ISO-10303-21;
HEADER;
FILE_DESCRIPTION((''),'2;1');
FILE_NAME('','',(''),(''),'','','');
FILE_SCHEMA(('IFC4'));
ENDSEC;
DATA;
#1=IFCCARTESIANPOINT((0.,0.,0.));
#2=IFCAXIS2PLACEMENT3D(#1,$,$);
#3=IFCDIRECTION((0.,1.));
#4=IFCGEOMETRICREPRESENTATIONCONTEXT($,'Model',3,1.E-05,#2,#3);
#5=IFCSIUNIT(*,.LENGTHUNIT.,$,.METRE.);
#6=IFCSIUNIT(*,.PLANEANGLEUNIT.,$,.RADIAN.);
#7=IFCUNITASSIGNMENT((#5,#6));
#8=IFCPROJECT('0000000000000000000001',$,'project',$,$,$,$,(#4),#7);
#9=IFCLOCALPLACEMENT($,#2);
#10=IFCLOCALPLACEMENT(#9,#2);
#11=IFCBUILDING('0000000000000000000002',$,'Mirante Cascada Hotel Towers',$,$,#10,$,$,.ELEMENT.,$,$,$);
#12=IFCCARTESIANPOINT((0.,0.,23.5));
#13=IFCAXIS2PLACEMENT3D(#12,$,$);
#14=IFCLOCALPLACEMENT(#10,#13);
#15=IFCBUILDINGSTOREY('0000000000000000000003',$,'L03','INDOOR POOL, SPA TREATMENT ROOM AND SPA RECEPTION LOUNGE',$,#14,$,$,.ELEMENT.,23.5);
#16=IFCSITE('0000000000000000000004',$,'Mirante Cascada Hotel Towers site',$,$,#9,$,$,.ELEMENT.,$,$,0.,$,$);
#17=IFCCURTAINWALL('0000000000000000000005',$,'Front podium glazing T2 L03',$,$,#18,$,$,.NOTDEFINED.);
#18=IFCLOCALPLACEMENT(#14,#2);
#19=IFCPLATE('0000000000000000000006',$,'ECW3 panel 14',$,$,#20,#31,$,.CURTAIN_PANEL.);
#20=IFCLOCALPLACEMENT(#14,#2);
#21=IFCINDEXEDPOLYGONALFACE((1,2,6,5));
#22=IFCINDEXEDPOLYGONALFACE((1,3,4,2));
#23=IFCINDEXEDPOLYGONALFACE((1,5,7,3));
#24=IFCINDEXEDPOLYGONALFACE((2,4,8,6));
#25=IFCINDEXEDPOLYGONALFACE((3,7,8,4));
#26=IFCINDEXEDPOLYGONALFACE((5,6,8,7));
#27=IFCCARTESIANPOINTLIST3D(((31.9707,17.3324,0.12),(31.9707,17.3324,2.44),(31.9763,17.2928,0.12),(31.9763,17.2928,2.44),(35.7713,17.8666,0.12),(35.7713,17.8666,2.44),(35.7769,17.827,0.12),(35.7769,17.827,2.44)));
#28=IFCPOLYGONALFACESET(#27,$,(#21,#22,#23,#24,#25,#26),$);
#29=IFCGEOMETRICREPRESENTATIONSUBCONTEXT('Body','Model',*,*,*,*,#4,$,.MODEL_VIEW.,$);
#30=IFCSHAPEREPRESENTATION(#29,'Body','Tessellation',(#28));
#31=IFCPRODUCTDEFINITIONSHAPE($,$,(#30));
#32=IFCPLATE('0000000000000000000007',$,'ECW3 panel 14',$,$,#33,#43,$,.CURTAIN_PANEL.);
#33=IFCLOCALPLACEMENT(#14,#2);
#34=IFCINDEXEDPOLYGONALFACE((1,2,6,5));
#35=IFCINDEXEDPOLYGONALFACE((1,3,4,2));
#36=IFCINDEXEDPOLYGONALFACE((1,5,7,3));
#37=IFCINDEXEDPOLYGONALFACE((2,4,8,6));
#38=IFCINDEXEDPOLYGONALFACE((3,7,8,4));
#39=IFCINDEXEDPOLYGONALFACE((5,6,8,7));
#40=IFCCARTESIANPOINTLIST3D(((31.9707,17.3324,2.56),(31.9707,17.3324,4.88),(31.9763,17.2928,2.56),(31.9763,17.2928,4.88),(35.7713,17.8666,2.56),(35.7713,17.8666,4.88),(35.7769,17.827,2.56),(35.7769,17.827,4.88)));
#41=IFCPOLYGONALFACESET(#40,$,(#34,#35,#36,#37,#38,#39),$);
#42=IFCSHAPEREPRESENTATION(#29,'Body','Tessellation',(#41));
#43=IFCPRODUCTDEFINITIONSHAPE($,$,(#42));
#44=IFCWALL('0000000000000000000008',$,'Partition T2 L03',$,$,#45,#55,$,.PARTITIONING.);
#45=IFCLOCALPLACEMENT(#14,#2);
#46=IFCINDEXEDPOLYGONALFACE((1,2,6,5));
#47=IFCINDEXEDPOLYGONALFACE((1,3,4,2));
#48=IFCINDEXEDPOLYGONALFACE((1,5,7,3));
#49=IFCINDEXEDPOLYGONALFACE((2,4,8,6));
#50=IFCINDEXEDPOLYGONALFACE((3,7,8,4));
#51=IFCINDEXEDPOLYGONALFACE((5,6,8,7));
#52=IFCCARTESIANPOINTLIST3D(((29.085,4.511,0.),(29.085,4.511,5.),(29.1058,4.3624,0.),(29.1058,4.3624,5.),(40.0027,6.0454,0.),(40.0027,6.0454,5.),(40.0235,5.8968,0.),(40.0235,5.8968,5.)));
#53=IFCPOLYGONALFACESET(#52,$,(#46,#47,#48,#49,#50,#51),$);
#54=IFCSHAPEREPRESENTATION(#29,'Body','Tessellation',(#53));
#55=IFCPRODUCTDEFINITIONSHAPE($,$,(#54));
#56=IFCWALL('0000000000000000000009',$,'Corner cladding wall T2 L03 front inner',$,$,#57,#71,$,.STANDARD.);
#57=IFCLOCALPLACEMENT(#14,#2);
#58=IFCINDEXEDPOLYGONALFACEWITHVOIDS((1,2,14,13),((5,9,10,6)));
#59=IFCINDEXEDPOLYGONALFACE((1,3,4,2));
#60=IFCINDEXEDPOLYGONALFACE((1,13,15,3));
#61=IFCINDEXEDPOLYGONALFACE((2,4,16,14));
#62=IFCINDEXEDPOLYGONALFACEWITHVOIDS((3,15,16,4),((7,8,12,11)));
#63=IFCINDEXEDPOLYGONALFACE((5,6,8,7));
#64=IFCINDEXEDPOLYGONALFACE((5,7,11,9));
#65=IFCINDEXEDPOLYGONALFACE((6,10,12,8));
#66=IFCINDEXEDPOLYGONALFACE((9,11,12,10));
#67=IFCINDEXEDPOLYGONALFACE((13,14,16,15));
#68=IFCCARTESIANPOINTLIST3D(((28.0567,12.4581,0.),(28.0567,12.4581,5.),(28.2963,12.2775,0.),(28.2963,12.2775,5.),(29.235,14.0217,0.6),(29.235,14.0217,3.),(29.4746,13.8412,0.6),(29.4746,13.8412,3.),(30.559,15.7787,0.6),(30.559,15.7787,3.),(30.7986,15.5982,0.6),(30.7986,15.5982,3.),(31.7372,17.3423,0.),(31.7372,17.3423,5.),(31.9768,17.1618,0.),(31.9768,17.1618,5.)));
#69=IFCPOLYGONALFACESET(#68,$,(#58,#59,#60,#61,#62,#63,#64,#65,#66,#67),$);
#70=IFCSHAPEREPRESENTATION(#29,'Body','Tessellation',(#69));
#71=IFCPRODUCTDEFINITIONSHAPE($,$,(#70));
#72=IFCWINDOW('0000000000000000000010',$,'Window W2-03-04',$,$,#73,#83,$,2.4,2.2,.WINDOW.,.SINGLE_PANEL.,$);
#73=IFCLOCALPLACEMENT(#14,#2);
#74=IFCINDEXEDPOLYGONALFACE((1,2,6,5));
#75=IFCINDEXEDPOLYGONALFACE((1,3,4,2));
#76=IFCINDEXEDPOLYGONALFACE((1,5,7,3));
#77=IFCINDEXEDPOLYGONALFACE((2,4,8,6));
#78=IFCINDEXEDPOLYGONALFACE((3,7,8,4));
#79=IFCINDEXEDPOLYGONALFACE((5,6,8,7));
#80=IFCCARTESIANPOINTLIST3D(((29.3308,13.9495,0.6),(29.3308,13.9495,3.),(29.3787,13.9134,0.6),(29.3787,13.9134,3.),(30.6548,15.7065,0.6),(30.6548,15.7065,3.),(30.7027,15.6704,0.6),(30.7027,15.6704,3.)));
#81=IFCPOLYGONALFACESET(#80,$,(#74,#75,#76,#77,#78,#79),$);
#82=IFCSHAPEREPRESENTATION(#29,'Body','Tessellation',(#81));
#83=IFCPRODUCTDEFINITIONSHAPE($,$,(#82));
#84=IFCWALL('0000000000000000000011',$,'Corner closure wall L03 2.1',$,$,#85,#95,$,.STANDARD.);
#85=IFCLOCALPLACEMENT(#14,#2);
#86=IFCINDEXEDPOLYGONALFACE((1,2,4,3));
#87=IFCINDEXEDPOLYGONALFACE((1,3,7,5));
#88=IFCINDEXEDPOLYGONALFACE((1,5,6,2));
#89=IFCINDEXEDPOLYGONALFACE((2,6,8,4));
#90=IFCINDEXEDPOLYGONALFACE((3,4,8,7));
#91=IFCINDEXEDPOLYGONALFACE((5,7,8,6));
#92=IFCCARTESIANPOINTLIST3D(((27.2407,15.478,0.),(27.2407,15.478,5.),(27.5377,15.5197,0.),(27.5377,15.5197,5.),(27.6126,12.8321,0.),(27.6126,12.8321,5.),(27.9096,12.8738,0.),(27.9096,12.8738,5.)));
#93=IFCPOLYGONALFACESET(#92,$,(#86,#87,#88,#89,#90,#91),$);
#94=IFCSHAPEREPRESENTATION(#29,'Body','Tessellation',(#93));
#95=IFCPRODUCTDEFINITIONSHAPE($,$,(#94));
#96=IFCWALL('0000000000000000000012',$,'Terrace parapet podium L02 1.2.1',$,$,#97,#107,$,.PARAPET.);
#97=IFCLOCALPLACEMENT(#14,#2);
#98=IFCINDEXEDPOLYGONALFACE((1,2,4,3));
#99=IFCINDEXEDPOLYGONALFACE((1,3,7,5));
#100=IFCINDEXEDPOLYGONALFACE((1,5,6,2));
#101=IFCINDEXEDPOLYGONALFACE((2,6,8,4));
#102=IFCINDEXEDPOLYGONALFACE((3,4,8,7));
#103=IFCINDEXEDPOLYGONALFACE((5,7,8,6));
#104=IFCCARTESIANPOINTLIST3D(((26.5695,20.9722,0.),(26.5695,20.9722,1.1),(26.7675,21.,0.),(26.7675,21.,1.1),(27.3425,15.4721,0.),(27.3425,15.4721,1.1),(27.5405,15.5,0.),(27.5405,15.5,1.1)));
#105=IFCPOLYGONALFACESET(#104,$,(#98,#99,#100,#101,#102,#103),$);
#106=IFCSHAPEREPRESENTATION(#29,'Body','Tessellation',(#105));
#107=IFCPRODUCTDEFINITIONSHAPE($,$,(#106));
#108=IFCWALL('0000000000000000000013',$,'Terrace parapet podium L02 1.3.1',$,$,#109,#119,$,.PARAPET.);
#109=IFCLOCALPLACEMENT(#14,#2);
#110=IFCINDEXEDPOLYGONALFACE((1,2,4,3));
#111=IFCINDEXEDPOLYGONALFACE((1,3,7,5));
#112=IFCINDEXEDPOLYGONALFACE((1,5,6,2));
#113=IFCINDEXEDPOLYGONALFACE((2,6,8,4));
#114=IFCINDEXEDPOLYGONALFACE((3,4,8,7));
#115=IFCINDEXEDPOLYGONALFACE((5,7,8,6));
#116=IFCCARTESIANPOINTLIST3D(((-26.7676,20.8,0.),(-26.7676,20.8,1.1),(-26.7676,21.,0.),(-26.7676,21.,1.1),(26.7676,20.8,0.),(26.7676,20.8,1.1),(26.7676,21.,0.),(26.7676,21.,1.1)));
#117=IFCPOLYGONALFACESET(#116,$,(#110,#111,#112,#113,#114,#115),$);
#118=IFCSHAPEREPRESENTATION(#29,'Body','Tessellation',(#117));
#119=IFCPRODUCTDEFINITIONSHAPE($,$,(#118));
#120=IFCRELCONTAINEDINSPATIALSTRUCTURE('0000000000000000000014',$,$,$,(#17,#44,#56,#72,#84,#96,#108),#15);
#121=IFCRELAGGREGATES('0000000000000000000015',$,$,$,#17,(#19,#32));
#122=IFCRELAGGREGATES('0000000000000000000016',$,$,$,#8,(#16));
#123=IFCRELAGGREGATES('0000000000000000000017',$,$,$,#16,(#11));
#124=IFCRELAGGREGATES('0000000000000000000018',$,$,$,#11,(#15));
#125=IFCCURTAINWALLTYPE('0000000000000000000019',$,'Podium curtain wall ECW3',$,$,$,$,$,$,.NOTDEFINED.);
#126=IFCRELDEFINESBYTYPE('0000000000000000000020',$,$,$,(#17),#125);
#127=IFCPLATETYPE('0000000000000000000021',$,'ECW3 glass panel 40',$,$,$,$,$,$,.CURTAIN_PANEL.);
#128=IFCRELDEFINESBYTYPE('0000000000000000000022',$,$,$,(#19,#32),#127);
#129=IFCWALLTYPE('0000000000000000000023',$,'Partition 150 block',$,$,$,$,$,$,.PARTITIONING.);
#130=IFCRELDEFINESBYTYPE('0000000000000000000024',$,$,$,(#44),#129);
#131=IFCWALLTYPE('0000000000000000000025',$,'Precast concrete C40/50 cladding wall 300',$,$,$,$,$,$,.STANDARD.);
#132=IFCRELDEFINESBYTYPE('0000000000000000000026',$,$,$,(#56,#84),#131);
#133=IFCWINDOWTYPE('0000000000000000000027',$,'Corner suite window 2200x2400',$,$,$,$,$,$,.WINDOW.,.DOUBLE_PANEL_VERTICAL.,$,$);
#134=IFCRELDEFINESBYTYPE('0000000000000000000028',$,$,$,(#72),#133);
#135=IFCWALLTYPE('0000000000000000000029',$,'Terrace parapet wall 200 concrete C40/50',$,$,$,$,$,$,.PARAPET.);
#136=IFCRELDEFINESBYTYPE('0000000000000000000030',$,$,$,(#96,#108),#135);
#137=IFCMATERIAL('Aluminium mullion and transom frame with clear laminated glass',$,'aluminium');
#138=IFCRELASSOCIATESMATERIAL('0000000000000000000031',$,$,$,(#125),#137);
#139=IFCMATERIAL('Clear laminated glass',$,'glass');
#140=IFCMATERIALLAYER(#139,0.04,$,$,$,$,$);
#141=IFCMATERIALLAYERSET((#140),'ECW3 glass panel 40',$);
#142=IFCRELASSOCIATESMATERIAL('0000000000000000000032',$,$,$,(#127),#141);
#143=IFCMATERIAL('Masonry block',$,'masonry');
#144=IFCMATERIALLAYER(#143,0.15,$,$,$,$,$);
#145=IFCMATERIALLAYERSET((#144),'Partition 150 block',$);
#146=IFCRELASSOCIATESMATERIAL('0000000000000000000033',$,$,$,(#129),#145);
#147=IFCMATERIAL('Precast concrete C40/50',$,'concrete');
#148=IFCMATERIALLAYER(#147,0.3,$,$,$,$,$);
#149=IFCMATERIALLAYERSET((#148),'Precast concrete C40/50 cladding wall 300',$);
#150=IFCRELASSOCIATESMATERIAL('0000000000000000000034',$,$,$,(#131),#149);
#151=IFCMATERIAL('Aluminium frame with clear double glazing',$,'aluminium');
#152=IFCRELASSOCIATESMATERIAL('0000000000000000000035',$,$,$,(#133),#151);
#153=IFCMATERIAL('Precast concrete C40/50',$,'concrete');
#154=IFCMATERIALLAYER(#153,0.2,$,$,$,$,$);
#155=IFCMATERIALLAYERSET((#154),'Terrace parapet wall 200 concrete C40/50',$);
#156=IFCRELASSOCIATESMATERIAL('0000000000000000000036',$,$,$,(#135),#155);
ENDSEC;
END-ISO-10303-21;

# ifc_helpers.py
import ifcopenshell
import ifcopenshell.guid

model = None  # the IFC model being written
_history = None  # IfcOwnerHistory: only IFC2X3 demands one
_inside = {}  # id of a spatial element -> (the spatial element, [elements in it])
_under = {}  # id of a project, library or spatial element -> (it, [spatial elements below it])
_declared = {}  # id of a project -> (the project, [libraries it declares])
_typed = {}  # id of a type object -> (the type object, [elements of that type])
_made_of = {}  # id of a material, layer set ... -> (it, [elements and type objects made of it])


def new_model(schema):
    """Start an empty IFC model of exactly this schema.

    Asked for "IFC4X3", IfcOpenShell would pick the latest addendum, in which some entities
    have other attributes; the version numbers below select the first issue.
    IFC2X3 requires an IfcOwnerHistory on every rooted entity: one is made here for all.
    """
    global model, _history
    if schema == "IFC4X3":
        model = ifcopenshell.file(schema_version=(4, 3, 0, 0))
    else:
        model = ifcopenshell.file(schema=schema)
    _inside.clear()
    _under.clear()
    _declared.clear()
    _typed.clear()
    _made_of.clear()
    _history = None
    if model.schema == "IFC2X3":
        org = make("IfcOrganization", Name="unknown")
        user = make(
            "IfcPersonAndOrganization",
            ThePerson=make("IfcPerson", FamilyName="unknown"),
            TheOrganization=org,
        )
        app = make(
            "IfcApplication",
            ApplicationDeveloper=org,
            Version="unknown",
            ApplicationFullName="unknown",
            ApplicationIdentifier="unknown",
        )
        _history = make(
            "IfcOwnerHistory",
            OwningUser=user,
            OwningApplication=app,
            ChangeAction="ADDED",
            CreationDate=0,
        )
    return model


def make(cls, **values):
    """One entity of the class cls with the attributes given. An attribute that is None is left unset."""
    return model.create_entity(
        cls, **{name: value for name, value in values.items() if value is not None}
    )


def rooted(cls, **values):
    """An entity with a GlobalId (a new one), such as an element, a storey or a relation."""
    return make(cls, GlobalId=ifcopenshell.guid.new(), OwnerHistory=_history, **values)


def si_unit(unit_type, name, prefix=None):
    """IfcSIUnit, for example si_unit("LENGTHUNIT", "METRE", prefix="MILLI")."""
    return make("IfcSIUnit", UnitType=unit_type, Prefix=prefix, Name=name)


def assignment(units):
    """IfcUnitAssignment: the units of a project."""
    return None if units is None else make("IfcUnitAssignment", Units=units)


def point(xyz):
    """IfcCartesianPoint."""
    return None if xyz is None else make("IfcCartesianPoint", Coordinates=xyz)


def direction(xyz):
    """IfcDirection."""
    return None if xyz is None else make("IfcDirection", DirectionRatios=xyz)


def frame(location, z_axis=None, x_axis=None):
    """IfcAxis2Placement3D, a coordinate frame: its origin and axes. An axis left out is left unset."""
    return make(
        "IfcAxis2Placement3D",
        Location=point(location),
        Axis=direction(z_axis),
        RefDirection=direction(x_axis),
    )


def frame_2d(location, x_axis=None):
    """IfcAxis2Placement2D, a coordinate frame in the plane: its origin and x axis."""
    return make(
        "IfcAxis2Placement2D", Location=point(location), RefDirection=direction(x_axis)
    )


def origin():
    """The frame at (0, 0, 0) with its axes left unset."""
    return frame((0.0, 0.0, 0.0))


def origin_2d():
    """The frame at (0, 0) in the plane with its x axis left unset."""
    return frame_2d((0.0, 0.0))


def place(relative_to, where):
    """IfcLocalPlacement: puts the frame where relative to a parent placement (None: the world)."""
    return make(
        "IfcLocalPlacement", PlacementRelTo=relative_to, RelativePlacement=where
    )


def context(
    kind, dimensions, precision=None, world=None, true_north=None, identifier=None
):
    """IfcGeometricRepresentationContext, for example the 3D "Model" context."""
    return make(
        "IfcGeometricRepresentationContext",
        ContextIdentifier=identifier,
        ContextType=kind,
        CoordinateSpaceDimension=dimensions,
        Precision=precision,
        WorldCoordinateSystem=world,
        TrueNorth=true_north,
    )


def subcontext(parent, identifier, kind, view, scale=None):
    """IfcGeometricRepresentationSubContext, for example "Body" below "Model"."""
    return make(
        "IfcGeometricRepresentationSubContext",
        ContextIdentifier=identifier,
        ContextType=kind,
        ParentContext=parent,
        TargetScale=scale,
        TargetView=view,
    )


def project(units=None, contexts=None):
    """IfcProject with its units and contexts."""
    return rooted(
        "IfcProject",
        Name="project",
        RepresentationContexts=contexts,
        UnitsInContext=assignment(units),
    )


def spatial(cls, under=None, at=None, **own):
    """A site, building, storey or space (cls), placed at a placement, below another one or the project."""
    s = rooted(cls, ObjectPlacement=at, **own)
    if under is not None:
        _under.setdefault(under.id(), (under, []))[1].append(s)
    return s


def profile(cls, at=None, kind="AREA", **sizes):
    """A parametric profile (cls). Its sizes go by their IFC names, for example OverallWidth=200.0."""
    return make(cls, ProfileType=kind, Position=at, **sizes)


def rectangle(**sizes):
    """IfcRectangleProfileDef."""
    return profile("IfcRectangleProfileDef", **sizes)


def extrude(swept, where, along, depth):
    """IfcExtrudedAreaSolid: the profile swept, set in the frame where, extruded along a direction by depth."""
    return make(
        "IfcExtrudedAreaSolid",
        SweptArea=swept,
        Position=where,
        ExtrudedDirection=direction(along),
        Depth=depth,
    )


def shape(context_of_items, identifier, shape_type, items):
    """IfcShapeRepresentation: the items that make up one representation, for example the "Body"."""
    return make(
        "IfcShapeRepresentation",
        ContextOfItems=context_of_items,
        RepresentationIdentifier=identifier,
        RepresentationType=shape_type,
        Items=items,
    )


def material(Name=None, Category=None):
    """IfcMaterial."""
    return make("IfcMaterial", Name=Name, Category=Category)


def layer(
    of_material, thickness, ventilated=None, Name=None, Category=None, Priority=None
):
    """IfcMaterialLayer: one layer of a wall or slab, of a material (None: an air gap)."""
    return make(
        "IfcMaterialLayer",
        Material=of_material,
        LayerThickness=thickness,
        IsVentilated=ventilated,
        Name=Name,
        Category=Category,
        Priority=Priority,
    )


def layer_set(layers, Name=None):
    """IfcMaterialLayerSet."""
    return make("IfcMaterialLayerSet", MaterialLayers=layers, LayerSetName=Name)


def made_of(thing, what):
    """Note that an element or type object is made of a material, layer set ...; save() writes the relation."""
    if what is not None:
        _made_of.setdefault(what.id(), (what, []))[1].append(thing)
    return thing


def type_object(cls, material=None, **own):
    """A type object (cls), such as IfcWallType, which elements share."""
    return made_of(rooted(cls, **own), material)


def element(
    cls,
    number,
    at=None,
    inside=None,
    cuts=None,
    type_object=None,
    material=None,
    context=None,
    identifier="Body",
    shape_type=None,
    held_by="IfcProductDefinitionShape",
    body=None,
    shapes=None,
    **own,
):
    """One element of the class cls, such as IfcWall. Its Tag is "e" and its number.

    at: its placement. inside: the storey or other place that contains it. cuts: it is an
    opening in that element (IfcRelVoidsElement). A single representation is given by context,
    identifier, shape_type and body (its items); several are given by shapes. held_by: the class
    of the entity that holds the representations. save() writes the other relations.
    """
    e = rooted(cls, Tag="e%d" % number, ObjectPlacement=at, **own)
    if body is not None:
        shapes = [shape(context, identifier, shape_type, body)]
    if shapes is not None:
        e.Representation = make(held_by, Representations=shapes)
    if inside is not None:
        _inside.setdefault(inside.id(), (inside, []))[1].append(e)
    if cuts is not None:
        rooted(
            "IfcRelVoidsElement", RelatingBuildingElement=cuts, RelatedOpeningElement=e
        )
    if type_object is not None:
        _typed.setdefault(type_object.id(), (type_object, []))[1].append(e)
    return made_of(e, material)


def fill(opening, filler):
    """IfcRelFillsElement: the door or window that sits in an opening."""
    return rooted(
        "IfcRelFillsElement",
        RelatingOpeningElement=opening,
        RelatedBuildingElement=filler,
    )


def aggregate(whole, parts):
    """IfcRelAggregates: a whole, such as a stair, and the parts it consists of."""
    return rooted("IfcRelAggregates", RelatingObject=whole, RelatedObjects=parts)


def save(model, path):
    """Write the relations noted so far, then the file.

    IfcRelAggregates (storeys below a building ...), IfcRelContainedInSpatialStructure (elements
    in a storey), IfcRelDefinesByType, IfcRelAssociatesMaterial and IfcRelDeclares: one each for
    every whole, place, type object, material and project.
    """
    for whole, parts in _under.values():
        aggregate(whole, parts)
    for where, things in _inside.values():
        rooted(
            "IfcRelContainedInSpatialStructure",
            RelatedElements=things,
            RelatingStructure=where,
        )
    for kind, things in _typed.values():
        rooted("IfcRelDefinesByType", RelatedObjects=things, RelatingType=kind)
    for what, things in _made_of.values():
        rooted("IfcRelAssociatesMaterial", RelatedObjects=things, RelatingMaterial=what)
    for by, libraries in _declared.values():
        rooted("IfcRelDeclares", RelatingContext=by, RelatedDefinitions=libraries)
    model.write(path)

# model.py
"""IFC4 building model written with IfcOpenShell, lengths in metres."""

from ifc_helpers import new_model, si_unit, direction, frame, frame_2d, origin, origin_2d, place, context, subcontext, project, spatial, rectangle, extrude, material, layer, layer_set, type_object, element, fill, aggregate, save


model = new_model("IFC4")

# Units and contexts
model_context = context("Model", 3, precision=1e-05, world=origin(), true_north=direction((0.0, 1.0)))
body_context = subcontext(model_context, "Body", "Model", "MODEL_VIEW")
ifc_project = project(units=[si_unit("LENGTHUNIT", "METRE"), si_unit("PLANEANGLEUNIT", "RADIAN")], contexts=[model_context])

# Site, building, storey
site_placement = place(None, origin())
site = spatial("IfcSite", under=ifc_project, at=site_placement, Name="Mirante Cascada Hotel Towers site", CompositionType="ELEMENT", RefElevation=0.0)
building_placement = place(site_placement, origin())
building = spatial("IfcBuilding", under=site, at=building_placement, Name="Mirante Cascada Hotel Towers", CompositionType="ELEMENT")
storey_placement = place(building_placement, frame((0.0, 0.0, 23.5)))
storey = spatial("IfcBuildingStorey", under=building, at=storey_placement, Name="L03", Description="INDOOR POOL, SPA TREATMENT ROOM AND SPA RECEPTION LOUNGE", CompositionType="ELEMENT", Elevation=23.5)

# Curtain wall
ifc_material_1 = material(Name="Aluminium mullion and transom frame with clear laminated glass", Category="aluminium")
curtain_wall_type = type_object("IfcCurtainWallType", Name="Podium curtain wall ECW3", PredefinedType="NOTDEFINED", material=ifc_material_1)
curtain_wall_1_placement = place(storey_placement, origin())
curtain_wall_1 = element("IfcCurtainWall", 1, at=curtain_wall_1_placement, inside=storey, type_object=curtain_wall_type, Name="Front podium glazing T2 L03", PredefinedType="NOTDEFINED")

# Plates
ifc_material_2 = material(Name="Clear laminated glass", Category="glass")
ifc_layer_1 = layer(ifc_material_2, 0.04)
ifc_layer_set_1 = layer_set([ifc_layer_1], Name="ECW3 glass panel 40")
plate_type = type_object("IfcPlateType", Name="ECW3 glass panel 40", PredefinedType="CURTAIN_PANEL", material=ifc_layer_set_1)
plate_1_placement = place(storey_placement, frame((33.8738, 17.5797, 0.12), z_axis=(0.0, 0.0, 1.0), x_axis=(-0.990268, -0.139173, 0.0)))
plate_1 = element("IfcPlate", 2, at=plate_1_placement, type_object=plate_type, Name="ECW3 panel 14", PredefinedType="CURTAIN_PANEL", context=body_context, shape_type="SweptSolid", body=[
    extrude(rectangle(XDim=3.8379, YDim=0.04, at=origin_2d()), origin(), (0.0, 0.0, 1.0), 2.32),
])
plate_2_placement = place(storey_placement, frame((33.8738, 17.5797, 2.56), z_axis=(0.0, 0.0, 1.0), x_axis=(-0.990268, -0.139173, 0.0)))
plate_2 = element("IfcPlate", 3, at=plate_2_placement, type_object=plate_type, Name="ECW3 panel 14", PredefinedType="CURTAIN_PANEL", context=body_context, shape_type="SweptSolid", body=[
    extrude(rectangle(XDim=3.8379, YDim=0.04, at=origin_2d()), origin(), (0.0, 0.0, 1.0), 2.32),
])
aggregate(curtain_wall_1, [plate_1, plate_2])

# Wall
ifc_material_3 = material(Name="Masonry block", Category="masonry")
ifc_layer_2 = layer(ifc_material_3, 0.15)
ifc_layer_set_2 = layer_set([ifc_layer_2], Name="Partition 150 block")
wall_type_1 = type_object("IfcWallType", Name="Partition 150 block", PredefinedType="PARTITIONING", material=ifc_layer_set_2)
wall_1_placement = place(storey_placement, frame((29.0954, 4.4367, 0.0), z_axis=(0.0, 0.0, 1.0), x_axis=(0.990268, 0.139175, 0.0)))
element("IfcWall", 4, at=wall_1_placement, inside=storey, type_object=wall_type_1, Name="Partition T2 L03", PredefinedType="PARTITIONING", context=body_context, shape_type="SweptSolid", body=[
    extrude(rectangle(XDim=11.025, YDim=0.15, at=frame_2d((5.5125, 0.0))), origin(), (0.0, 0.0, 1.0), 5.0),
])

# Wall, opening, window
ifc_material_4 = material(Name="Precast concrete C40/50", Category="concrete")
ifc_layer_3 = layer(ifc_material_4, 0.3)
ifc_layer_set_3 = layer_set([ifc_layer_3], Name="Precast concrete C40/50 cladding wall 300")
wall_type_2 = type_object("IfcWallType", Name="Precast concrete C40/50 cladding wall 300", PredefinedType="STANDARD", material=ifc_layer_set_3)
wall_2_placement = place(storey_placement, frame((31.857, 17.252, 0.0), z_axis=(0.0, 0.0, 1.0), x_axis=(-0.601814, -0.798636, 0.0)))
wall_2 = element("IfcWall", 5, at=wall_2_placement, inside=storey, type_object=wall_type_2, Name="Corner cladding wall T2 L03 front inner", PredefinedType="STANDARD", context=body_context, shape_type="SweptSolid", body=[
    extrude(rectangle(XDim=6.1157, YDim=0.3, at=frame_2d((3.0578, 0.0))), origin(), (0.0, 0.0, 1.0), 5.0),
])
opening_placement = place(wall_2_placement, frame((1.9578, 0.0, 0.6)))
opening = element("IfcOpeningElement", 6, at=opening_placement, cuts=wall_2, PredefinedType="OPENING", context=body_context, shape_type="SweptSolid", body=[
    extrude(rectangle(XDim=2.2, YDim=2.4, at=frame_2d((1.1, 1.2))), frame((0.0, 0.15, 0.0), z_axis=(0.0, -1.0, 0.0), x_axis=(1.0, 0.0, 0.0)), (0.0, 0.0, 1.0), 0.3),
])
ifc_material_5 = material(Name="Aluminium frame with clear double glazing", Category="aluminium")
window_type = type_object("IfcWindowType", Name="Corner suite window 2200x2400", PartitioningType="DOUBLE_PANEL_VERTICAL", PredefinedType="WINDOW", material=ifc_material_5)
window_placement = place(opening_placement, origin())
window = element("IfcWindow", 7, at=window_placement, inside=storey, type_object=window_type, Name="Window W2-03-04", OverallHeight=2.4, OverallWidth=2.2, PartitioningType="SINGLE_PANEL", PredefinedType="WINDOW", context=body_context, shape_type="SweptSolid", body=[
    extrude(rectangle(XDim=2.2, YDim=2.4, at=frame_2d((1.1, 1.2))), frame((0.0, 0.03, 0.0), z_axis=(0.0, -1.0, 0.0), x_axis=(1.0, 0.0, 0.0)), (0.0, 0.0, 1.0), 0.06),
])
fill(opening, window)

# Walls
wall_3_placement = place(storey_placement, frame((27.3892, 15.4989, 0.0), z_axis=(0.0, 0.0, 1.0), x_axis=(0.139189, -0.990266, 0.0)))
element("IfcWall", 8, at=wall_3_placement, inside=storey, type_object=wall_type_2, Name="Corner closure wall L03 2.1", PredefinedType="STANDARD", context=body_context, shape_type="SweptSolid", body=[
    extrude(rectangle(XDim=2.6719, YDim=0.3, at=frame_2d((1.336, 0.0))), origin(), (0.0, 0.0, 1.0), 5.0),
])
ifc_material_6 = material(Name="Precast concrete C40/50", Category="concrete")
ifc_layer_4 = layer(ifc_material_6, 0.2)
ifc_layer_set_4 = layer_set([ifc_layer_4], Name="Terrace parapet wall 200 concrete C40/50")
wall_type_3 = type_object("IfcWallType", Name="Terrace parapet wall 200 concrete C40/50", PredefinedType="PARAPET", material=ifc_layer_set_4)
wall_4_placement = place(storey_placement, frame((27.4415, 15.4861, 0.0), z_axis=(0.0, 0.0, 1.0), x_axis=(-0.139178, 0.990267, 0.0)))
element("IfcWall", 9, at=wall_4_placement, inside=storey, type_object=wall_type_3, Name="Terrace parapet podium L02 1.2.1", PredefinedType="PARAPET", context=body_context, shape_type="SweptSolid", body=[
    extrude(rectangle(XDim=5.5541, YDim=0.2, at=frame_2d((2.777, 0.0))), origin(), (0.0, 0.0, 1.0), 1.1),
])
wall_5_placement = place(storey_placement, frame((26.7676, 20.9, 0.0), z_axis=(0.0, 0.0, 1.0), x_axis=(-1.0, 0.0, 0.0)))
element("IfcWall", 10, at=wall_5_placement, inside=storey, type_object=wall_type_3, Name="Terrace parapet podium L02 1.3.1", PredefinedType="PARAPET", context=body_context, shape_type="SweptSolid", body=[
    extrude(rectangle(XDim=53.5352, YDim=0.2, at=frame_2d((26.7676, 0.0))), origin(), (0.0, 0.0, 1.0), 1.1),
])

save(model, "model.ifc")
